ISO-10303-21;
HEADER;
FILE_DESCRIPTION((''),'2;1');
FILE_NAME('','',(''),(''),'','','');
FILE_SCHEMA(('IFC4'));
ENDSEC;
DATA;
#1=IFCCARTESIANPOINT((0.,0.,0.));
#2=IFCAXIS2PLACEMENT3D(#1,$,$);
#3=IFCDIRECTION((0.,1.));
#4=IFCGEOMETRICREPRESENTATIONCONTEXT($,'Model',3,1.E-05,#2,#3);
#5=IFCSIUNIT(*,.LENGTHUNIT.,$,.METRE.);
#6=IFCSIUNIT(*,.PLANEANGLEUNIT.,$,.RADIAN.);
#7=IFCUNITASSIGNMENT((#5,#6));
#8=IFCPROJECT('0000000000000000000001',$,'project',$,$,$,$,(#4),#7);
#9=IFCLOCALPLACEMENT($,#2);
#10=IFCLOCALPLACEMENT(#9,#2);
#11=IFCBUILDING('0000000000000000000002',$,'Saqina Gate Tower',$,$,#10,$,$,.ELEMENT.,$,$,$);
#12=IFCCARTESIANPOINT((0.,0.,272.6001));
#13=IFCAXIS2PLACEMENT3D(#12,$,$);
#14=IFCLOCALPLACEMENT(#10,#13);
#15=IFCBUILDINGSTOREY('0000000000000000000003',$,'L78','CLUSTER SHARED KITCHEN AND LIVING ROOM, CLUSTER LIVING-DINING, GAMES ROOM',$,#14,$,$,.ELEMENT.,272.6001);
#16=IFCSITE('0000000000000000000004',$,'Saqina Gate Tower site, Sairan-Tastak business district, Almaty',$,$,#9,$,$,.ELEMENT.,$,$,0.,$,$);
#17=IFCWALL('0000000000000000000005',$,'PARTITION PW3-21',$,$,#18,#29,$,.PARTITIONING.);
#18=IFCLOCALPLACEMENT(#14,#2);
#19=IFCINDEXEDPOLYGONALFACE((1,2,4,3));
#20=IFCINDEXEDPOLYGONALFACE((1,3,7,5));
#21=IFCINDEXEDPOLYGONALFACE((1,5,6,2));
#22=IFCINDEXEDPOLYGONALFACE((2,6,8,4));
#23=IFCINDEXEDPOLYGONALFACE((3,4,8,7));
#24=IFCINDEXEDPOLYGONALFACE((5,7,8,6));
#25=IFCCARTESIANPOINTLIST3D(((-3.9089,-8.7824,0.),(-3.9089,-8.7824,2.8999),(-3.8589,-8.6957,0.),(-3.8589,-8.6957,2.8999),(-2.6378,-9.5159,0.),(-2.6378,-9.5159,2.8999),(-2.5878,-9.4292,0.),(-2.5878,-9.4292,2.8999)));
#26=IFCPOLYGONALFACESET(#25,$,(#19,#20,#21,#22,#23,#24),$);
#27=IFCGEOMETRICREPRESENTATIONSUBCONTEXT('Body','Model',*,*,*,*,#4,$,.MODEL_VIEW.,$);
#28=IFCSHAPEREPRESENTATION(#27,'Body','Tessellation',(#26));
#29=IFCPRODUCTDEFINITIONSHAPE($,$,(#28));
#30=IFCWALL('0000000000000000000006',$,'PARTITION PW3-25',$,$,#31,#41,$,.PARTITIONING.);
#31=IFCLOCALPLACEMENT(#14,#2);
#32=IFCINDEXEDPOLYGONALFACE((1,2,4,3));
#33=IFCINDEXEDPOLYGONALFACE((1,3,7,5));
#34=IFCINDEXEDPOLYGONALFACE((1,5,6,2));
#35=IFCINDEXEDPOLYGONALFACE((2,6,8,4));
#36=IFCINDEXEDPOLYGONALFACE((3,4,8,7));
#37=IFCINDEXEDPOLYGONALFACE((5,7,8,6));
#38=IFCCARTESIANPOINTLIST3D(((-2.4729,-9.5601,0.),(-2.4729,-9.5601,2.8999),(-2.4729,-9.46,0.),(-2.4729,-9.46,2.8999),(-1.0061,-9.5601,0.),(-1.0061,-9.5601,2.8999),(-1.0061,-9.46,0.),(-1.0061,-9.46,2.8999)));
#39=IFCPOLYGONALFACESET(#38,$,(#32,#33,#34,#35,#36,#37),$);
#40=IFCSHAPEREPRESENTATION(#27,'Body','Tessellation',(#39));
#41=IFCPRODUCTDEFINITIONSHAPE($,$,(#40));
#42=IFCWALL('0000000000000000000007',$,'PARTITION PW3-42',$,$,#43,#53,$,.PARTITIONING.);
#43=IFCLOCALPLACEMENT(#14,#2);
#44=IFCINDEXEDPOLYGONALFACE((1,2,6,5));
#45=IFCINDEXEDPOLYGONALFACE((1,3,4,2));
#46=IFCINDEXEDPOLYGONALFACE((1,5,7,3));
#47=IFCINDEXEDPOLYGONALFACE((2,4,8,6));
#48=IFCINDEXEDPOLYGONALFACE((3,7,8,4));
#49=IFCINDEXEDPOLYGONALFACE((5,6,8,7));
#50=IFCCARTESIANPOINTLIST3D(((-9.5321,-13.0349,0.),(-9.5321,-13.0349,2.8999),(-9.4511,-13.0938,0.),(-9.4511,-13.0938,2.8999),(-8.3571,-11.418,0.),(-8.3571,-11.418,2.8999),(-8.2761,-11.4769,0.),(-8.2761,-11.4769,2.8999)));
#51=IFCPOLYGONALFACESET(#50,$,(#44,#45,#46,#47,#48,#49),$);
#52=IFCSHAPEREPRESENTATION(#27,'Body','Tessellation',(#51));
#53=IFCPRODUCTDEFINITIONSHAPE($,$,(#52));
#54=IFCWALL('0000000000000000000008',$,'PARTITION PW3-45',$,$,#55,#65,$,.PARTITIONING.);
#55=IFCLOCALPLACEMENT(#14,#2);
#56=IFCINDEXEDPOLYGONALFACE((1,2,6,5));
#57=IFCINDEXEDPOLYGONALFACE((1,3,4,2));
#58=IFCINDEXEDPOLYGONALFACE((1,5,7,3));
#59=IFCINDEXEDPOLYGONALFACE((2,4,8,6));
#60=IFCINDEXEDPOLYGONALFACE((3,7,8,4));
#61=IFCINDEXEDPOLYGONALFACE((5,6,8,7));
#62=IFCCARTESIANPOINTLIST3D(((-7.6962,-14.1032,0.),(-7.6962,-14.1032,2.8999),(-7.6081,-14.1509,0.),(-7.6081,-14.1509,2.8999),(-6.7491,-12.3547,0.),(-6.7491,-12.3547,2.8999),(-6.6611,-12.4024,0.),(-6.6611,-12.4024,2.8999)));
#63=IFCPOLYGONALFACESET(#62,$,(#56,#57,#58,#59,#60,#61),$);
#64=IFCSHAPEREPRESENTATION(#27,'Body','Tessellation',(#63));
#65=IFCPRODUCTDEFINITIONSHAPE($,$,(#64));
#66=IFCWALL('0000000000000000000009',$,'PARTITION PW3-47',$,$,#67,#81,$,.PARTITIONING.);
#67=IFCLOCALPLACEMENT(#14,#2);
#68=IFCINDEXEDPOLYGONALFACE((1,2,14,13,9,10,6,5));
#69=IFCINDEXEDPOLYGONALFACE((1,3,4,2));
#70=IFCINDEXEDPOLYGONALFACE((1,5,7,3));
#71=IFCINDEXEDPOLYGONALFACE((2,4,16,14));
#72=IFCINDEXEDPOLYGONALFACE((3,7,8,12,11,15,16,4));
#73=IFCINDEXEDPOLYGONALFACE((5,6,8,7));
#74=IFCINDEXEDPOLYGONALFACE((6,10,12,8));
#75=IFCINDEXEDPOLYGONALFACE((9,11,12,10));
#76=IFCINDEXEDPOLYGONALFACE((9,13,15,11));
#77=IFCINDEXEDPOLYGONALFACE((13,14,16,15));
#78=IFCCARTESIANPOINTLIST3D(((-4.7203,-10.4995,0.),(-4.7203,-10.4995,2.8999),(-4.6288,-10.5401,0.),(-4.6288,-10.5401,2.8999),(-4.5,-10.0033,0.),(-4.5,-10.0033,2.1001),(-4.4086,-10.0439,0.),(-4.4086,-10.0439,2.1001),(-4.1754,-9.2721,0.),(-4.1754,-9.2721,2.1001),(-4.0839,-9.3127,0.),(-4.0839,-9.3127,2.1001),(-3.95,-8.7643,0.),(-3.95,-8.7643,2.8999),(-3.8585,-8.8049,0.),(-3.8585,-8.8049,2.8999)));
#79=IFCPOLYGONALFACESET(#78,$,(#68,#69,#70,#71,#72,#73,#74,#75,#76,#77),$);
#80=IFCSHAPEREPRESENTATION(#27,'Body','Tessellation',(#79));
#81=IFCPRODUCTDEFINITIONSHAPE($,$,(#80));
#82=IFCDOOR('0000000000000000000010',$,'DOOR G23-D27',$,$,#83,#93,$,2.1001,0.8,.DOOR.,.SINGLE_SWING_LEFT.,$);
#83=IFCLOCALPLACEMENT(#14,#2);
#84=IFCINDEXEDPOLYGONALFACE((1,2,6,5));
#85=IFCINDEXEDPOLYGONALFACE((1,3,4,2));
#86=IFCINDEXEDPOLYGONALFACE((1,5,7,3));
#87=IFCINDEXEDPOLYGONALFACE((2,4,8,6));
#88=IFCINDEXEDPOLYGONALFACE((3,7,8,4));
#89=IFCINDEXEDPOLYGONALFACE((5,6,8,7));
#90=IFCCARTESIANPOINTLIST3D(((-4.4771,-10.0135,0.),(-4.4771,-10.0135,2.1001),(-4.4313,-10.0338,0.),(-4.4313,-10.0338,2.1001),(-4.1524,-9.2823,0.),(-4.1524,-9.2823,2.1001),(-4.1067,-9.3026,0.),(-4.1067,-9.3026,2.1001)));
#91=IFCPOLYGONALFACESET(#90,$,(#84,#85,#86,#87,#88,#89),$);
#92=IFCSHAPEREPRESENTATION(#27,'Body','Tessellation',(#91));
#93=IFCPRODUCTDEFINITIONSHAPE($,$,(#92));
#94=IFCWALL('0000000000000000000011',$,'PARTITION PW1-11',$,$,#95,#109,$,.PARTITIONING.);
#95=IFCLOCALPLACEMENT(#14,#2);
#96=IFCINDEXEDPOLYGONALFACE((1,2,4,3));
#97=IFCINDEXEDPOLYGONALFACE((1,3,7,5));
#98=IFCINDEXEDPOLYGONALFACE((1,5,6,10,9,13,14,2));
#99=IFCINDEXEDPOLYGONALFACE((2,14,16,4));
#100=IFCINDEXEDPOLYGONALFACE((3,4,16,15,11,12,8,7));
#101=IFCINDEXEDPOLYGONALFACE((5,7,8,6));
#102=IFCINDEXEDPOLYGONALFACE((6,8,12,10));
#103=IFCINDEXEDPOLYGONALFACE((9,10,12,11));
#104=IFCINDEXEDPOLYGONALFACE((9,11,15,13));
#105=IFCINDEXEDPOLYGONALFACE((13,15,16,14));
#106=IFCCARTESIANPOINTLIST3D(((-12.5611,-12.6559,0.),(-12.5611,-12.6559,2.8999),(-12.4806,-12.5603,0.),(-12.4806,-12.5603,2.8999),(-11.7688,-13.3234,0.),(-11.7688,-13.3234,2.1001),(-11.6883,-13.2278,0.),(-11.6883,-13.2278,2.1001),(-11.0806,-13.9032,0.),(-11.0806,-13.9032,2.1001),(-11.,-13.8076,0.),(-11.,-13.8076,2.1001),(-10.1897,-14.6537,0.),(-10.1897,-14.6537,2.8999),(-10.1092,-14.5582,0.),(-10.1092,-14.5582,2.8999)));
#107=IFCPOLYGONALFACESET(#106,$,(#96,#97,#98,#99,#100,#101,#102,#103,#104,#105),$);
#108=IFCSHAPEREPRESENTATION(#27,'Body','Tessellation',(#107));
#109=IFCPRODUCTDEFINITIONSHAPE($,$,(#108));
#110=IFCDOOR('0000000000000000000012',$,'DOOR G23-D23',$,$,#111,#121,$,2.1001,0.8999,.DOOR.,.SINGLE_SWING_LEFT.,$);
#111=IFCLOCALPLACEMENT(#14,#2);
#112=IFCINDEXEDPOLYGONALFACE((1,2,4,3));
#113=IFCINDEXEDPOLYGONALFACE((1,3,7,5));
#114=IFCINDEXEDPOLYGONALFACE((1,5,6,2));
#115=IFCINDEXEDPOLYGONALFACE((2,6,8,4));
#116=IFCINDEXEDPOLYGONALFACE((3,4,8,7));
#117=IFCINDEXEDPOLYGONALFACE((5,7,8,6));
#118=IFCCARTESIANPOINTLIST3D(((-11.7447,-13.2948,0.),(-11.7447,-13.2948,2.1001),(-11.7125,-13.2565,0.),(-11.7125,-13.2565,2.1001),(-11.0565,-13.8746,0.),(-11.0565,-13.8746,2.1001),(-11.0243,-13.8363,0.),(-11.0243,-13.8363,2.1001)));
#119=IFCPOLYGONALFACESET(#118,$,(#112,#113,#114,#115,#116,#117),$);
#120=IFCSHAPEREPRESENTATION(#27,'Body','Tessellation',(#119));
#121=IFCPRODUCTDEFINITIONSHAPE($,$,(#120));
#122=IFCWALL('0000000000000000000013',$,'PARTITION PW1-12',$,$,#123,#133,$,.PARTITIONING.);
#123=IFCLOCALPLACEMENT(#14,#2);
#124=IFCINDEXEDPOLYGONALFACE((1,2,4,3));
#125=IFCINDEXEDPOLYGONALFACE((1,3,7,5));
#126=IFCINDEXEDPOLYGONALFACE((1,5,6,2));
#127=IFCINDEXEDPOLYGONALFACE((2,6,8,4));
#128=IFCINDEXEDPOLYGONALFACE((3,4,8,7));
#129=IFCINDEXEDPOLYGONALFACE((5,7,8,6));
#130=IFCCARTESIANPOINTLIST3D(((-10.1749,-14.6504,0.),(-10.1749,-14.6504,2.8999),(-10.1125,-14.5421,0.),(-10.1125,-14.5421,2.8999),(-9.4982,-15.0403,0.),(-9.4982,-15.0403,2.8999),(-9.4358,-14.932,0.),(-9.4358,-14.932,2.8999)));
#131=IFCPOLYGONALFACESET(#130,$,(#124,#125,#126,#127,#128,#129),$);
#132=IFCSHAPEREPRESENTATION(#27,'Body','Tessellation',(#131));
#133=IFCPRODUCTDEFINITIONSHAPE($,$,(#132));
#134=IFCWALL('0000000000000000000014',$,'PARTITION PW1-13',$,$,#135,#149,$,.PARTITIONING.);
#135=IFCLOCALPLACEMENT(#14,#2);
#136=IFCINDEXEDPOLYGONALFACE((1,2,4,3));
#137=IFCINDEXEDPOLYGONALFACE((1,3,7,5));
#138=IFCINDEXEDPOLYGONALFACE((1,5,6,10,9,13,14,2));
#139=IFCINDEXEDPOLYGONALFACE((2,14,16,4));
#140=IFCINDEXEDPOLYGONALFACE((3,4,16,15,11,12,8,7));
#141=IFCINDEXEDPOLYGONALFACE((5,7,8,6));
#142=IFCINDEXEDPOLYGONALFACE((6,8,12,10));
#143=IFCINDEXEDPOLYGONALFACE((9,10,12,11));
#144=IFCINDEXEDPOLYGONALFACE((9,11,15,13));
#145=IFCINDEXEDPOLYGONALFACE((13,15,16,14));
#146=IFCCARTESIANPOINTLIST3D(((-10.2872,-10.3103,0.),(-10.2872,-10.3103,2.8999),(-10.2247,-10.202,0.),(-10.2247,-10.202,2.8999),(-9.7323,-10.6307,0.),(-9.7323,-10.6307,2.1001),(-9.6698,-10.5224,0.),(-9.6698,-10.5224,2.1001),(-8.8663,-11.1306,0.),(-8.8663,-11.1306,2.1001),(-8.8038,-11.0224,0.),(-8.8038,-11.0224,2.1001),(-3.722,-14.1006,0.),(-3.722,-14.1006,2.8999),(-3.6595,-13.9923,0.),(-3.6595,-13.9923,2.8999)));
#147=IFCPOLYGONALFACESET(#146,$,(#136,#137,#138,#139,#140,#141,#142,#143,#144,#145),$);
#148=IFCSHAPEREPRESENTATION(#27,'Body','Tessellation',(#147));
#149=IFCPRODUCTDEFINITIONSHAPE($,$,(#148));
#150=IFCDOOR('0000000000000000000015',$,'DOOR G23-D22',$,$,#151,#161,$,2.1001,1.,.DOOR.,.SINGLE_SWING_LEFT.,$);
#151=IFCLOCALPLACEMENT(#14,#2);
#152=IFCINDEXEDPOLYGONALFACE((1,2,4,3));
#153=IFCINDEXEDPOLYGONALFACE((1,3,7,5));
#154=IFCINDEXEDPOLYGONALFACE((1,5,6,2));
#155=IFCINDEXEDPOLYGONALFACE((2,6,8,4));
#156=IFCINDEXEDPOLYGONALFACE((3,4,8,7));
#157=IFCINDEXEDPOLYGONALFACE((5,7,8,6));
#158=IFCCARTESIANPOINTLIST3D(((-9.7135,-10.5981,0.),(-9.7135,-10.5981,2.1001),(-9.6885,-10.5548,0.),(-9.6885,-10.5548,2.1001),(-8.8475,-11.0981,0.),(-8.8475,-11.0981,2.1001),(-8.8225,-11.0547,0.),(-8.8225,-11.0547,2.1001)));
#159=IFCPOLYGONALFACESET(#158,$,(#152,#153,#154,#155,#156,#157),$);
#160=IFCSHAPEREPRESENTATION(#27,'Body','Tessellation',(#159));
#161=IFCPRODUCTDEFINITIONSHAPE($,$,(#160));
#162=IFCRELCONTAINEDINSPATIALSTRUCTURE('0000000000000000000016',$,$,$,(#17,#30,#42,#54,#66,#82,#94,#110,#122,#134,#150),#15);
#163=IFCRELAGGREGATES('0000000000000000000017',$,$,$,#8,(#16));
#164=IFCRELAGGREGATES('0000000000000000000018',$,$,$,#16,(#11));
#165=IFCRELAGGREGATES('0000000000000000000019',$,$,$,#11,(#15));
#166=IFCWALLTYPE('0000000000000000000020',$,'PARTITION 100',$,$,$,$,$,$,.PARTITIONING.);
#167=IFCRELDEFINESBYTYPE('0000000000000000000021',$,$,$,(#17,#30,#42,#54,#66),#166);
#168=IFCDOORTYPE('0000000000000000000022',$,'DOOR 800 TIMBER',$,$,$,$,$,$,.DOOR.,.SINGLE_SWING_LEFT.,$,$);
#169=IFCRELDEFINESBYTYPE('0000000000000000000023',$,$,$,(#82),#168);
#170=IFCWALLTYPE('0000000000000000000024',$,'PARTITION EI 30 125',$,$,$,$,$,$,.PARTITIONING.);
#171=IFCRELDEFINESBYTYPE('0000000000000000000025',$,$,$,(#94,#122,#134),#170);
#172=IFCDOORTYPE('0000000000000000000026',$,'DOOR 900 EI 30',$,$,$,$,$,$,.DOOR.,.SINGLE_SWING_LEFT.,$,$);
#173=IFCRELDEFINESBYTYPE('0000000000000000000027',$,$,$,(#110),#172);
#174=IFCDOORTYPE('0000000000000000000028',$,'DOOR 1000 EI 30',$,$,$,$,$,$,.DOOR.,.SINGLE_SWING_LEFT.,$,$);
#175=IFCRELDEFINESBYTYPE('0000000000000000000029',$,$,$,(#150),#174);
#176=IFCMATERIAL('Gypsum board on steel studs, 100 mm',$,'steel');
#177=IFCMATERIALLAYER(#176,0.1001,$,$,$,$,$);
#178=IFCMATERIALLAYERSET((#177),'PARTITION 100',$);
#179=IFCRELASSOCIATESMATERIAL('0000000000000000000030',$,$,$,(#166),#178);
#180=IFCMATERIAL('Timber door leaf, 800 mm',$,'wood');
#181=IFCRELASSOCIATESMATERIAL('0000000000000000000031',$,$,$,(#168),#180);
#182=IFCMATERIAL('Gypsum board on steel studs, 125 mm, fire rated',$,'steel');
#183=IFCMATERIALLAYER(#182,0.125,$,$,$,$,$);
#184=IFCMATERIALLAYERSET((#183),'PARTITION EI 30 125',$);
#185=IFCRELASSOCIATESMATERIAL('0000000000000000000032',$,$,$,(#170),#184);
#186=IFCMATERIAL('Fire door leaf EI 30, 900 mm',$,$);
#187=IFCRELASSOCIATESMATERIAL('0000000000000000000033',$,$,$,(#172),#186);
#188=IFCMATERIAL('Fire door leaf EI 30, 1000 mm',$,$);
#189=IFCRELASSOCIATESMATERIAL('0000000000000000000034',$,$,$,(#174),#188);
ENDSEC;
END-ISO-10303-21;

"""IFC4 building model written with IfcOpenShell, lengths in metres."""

from ifc_helpers import new_model, si_unit, direction, frame, frame_2d, origin, place, context, subcontext, project, spatial, rectangle, extrude, material, layer, layer_set, type_object, element, fill, save


model = new_model("IFC4")

# Units and contexts
model_context = context("Model", 3, precision=1e-05, world=origin(), true_north=direction((0.0, 1.0)))
body_context = subcontext(model_context, "Body", "Model", "MODEL_VIEW")
ifc_project = project(units=[si_unit("LENGTHUNIT", "METRE"), si_unit("PLANEANGLEUNIT", "RADIAN")], contexts=[model_context])

# Site, building, storey
site_placement = place(None, origin())
site = spatial("IfcSite", under=ifc_project, at=site_placement, Name="Saqina Gate Tower site, Sairan-Tastak business district, Almaty", CompositionType="ELEMENT", RefElevation=0.0)
building_placement = place(site_placement, origin())
building = spatial("IfcBuilding", under=site, at=building_placement, Name="Saqina Gate Tower", CompositionType="ELEMENT")
storey_placement = place(building_placement, frame((0.0, 0.0, 272.6001)))
storey = spatial("IfcBuildingStorey", under=building, at=storey_placement, Name="L78", Description="CLUSTER SHARED KITCHEN AND LIVING ROOM, CLUSTER LIVING-DINING, GAMES ROOM", CompositionType="ELEMENT", Elevation=272.6001)

# Shared definitions
ifc_material_1 = material(Name="Gypsum board on steel studs, 100 mm", Category="steel")
ifc_layer_1 = layer(ifc_material_1, 0.1001)
ifc_layer_set_1 = layer_set([ifc_layer_1], Name="PARTITION 100")
wall_type_1 = type_object("IfcWallType", Name="PARTITION 100", PredefinedType="PARTITIONING", material=ifc_layer_set_1)

# Shared definitions
ifc_material_2 = material(Name="Timber door leaf, 800 mm", Category="wood")
door_type_1 = type_object("IfcDoorType", Name="DOOR 800 TIMBER", OperationType="SINGLE_SWING_LEFT", PredefinedType="DOOR", material=ifc_material_2)

# Walls
wall_1_placement = place(storey_placement, frame((-3.884, -8.739, 0.0), z_axis=(0.0, 0.0, 1.0), x_axis=(0.866147, -0.49979, 0.0)))
element("IfcWall", 1, at=wall_1_placement, inside=storey, type_object=wall_type_1, Name="PARTITION PW3-21", PredefinedType="PARTITIONING", context=body_context, shape_type="SweptSolid", body=[
    extrude(rectangle(XDim=1.4675, YDim=0.1001, at=frame_2d((0.7339, 0.0))), origin(), (0.0, 0.0, 1.0), 2.8999),
])
wall_2_placement = place(storey_placement, frame((-2.4729, -9.51, 0.0), z_axis=(0.0, 0.0, 1.0), x_axis=(1.0, 0.0, 0.0)))
element("IfcWall", 2, at=wall_2_placement, inside=storey, type_object=wall_type_1, Name="PARTITION PW3-25", PredefinedType="PARTITIONING", context=body_context, shape_type="SweptSolid", body=[
    extrude(rectangle(XDim=1.4668, YDim=0.1001, at=frame_2d((0.7334, 0.0))), origin(), (0.0, 0.0, 1.0), 2.8999),
])
wall_3_placement = place(storey_placement, frame((-9.4917, -13.0645, 0.0), z_axis=(0.0, 0.0, 1.0), x_axis=(0.587874, 0.808953, 0.0)))
element("IfcWall", 3, at=wall_3_placement, inside=storey, type_object=wall_type_1, Name="PARTITION PW3-42", PredefinedType="PARTITIONING", context=body_context, shape_type="SweptSolid", body=[
    extrude(rectangle(XDim=1.9988, YDim=0.1001, at=frame_2d((0.9995, 0.0))), origin(), (0.0, 0.0, 1.0), 2.8999),
])
wall_4_placement = place(storey_placement, frame((-7.6521, -14.127, 0.0), z_axis=(0.0, 0.0, 1.0), x_axis=(0.476244, 0.879313, 0.0)))
element("IfcWall", 4, at=wall_4_placement, inside=storey, type_object=wall_type_1, Name="PARTITION PW3-45", PredefinedType="PARTITIONING", context=body_context, shape_type="SweptSolid", body=[
    extrude(rectangle(XDim=1.9885, YDim=0.1001, at=frame_2d((0.9941, 0.0))), origin(), (0.0, 0.0, 1.0), 2.8999),
])

# Walls, openings, doors
wall_5_placement = place(storey_placement, frame((-4.6746, -10.5198, 0.0), z_axis=(0.0, 0.0, 1.0), x_axis=(0.405745, 0.913986, 0.0)))
wall_5 = element("IfcWall", 5, at=wall_5_placement, inside=storey, type_object=wall_type_1, Name="PARTITION PW3-47", PredefinedType="PARTITIONING", context=body_context, shape_type="SweptSolid", body=[
    extrude(rectangle(XDim=1.8984, YDim=0.1001, at=frame_2d((0.9492, 0.0))), origin(), (0.0, 0.0, 1.0), 2.8999),
])
opening_1_placement = place(wall_5_placement, frame((0.543, 0.0, 0.0)))
opening_1 = element("IfcOpeningElement", 6, at=opening_1_placement, cuts=wall_5, PredefinedType="OPENING", context=body_context, shape_type="SweptSolid", body=[
    extrude(rectangle(XDim=0.8, YDim=2.1001, at=frame_2d((0.3999, 1.05))), frame((0.0, 0.062, 0.0), z_axis=(0.0, -1.0, 0.0), x_axis=(1.0, 0.0, 0.0)), (0.0, 0.0, 1.0), 0.124),
])
door_1_placement = place(opening_1_placement, origin())
door_1 = element("IfcDoor", 7, at=door_1_placement, inside=storey, type_object=door_type_1, Name="DOOR G23-D27", OperationType="SINGLE_SWING_LEFT", OverallHeight=2.1001, OverallWidth=0.8, PredefinedType="DOOR", context=body_context, shape_type="SweptSolid", body=[
    extrude(rectangle(XDim=0.8, YDim=2.1001, at=frame_2d((0.3999, 1.05))), frame((0.0, 0.0249, 0.0), z_axis=(0.0, -1.0, 0.0), x_axis=(1.0, 0.0, 0.0)), (0.0, 0.0, 1.0), 0.05),
])
fill(opening_1, door_1)
ifc_material_3 = material(Name="Gypsum board on steel studs, 125 mm, fire rated", Category="steel")
ifc_layer_2 = layer(ifc_material_3, 0.125)
ifc_layer_set_2 = layer_set([ifc_layer_2], Name="PARTITION EI 30 125")
wall_type_2 = type_object("IfcWallType", Name="PARTITION EI 30 125", PredefinedType="PARTITIONING", material=ifc_layer_set_2)
wall_6_placement = place(storey_placement, frame((-12.5208, -12.6082, 0.0), z_axis=(0.0, 0.0, 1.0), x_axis=(0.76477, -0.644303, 0.0)))
wall_6 = element("IfcWall", 8, at=wall_6_placement, inside=storey, type_object=wall_type_2, Name="PARTITION PW1-11", PredefinedType="PARTITIONING", context=body_context, shape_type="SweptSolid", body=[
    extrude(rectangle(XDim=3.1008, YDim=0.125, at=frame_2d((1.5503, 0.0))), origin(), (0.0, 0.0, 1.0), 2.8999),
])
opening_2_placement = place(wall_6_placement, frame((1.0359, 0.0, 0.0)))
opening_2 = element("IfcOpeningElement", 9, at=opening_2_placement, cuts=wall_6, PredefinedType="OPENING", context=body_context, shape_type="SweptSolid", body=[
    extrude(rectangle(XDim=0.8999, YDim=2.1001, at=frame_2d((0.45, 1.05))), frame((0.0, 0.0745, 0.0), z_axis=(0.0, -1.0, 0.0), x_axis=(1.0, 0.0, 0.0)), (0.0, 0.0, 1.0), 0.1489),
])
ifc_material_4 = material(Name="Fire door leaf EI 30, 900 mm")
door_type_2 = type_object("IfcDoorType", Name="DOOR 900 EI 30", OperationType="SINGLE_SWING_LEFT", PredefinedType="DOOR", material=ifc_material_4)
door_2_placement = place(opening_2_placement, origin())
door_2 = element("IfcDoor", 10, at=door_2_placement, inside=storey, type_object=door_type_2, Name="DOOR G23-D23", OperationType="SINGLE_SWING_LEFT", OverallHeight=2.1001, OverallWidth=0.8999, PredefinedType="DOOR", context=body_context, shape_type="SweptSolid", body=[
    extrude(rectangle(XDim=0.8999, YDim=2.1001, at=frame_2d((0.45, 1.05))), frame((0.0, 0.0249, 0.0), z_axis=(0.0, -1.0, 0.0), x_axis=(1.0, 0.0, 0.0)), (0.0, 0.0, 1.0), 0.05),
])
fill(opening_2, door_2)

# Wall
wall_7_placement = place(storey_placement, frame((-10.1438, -14.5962, 0.0), z_axis=(0.0, 0.0, 1.0), x_axis=(0.866487, -0.499199, 0.0)))
element("IfcWall", 11, at=wall_7_placement, inside=storey, type_object=wall_type_2, Name="PARTITION PW1-12", PredefinedType="PARTITIONING", context=body_context, shape_type="SweptSolid", body=[
    extrude(rectangle(XDim=0.781, YDim=0.125, at=frame_2d((0.3906, 0.0))), origin(), (0.0, 0.0, 1.0), 2.8999),
])

# Wall, opening, door
wall_8_placement = place(storey_placement, frame((-10.2561, -10.2561, 0.0), z_axis=(0.0, 0.0, 1.0), x_axis=(0.866033, -0.499987, 0.0)))
wall_8 = element("IfcWall", 12, at=wall_8_placement, inside=storey, type_object=wall_type_2, Name="PARTITION PW1-13", PredefinedType="PARTITIONING", context=body_context, shape_type="SweptSolid", body=[
    extrude(rectangle(XDim=7.5808, YDim=0.125, at=frame_2d((3.7905, 0.0))), origin(), (0.0, 0.0, 1.0), 2.8999),
])
opening_3_placement = place(wall_8_placement, frame((0.6409, 0.0, 0.0)))
opening_3 = element("IfcOpeningElement", 13, at=opening_3_placement, cuts=wall_8, PredefinedType="OPENING", context=body_context, shape_type="SweptSolid", body=[
    extrude(rectangle(XDim=1.0, YDim=2.1001, at=frame_2d((0.5, 1.05))), frame((0.0, 0.0745, 0.0), z_axis=(0.0, -1.0, 0.0), x_axis=(1.0, 0.0, 0.0)), (0.0, 0.0, 1.0), 0.1489),
])
ifc_material_5 = material(Name="Fire door leaf EI 30, 1000 mm")
door_type_3 = type_object("IfcDoorType", Name="DOOR 1000 EI 30", OperationType="SINGLE_SWING_LEFT", PredefinedType="DOOR", material=ifc_material_5)
door_3_placement = place(opening_3_placement, frame((1.0, 0.0, 0.0), z_axis=(0.0, 0.0, 1.0), x_axis=(-1.0, 0.0, 0.0)))
door_3 = element("IfcDoor", 14, at=door_3_placement, inside=storey, type_object=door_type_3, Name="DOOR G23-D22", OperationType="SINGLE_SWING_LEFT", OverallHeight=2.1001, OverallWidth=1.0, PredefinedType="DOOR", context=body_context, shape_type="SweptSolid", body=[
    extrude(rectangle(XDim=1.0, YDim=2.1001, at=frame_2d((0.5, 1.05))), frame((0.0, 0.0249, 0.0), z_axis=(0.0, -1.0, 0.0), x_axis=(1.0, 0.0, 0.0)), (0.0, 0.0, 1.0), 0.05),
])
fill(opening_3, door_3)

save(model, "model.ifc")
